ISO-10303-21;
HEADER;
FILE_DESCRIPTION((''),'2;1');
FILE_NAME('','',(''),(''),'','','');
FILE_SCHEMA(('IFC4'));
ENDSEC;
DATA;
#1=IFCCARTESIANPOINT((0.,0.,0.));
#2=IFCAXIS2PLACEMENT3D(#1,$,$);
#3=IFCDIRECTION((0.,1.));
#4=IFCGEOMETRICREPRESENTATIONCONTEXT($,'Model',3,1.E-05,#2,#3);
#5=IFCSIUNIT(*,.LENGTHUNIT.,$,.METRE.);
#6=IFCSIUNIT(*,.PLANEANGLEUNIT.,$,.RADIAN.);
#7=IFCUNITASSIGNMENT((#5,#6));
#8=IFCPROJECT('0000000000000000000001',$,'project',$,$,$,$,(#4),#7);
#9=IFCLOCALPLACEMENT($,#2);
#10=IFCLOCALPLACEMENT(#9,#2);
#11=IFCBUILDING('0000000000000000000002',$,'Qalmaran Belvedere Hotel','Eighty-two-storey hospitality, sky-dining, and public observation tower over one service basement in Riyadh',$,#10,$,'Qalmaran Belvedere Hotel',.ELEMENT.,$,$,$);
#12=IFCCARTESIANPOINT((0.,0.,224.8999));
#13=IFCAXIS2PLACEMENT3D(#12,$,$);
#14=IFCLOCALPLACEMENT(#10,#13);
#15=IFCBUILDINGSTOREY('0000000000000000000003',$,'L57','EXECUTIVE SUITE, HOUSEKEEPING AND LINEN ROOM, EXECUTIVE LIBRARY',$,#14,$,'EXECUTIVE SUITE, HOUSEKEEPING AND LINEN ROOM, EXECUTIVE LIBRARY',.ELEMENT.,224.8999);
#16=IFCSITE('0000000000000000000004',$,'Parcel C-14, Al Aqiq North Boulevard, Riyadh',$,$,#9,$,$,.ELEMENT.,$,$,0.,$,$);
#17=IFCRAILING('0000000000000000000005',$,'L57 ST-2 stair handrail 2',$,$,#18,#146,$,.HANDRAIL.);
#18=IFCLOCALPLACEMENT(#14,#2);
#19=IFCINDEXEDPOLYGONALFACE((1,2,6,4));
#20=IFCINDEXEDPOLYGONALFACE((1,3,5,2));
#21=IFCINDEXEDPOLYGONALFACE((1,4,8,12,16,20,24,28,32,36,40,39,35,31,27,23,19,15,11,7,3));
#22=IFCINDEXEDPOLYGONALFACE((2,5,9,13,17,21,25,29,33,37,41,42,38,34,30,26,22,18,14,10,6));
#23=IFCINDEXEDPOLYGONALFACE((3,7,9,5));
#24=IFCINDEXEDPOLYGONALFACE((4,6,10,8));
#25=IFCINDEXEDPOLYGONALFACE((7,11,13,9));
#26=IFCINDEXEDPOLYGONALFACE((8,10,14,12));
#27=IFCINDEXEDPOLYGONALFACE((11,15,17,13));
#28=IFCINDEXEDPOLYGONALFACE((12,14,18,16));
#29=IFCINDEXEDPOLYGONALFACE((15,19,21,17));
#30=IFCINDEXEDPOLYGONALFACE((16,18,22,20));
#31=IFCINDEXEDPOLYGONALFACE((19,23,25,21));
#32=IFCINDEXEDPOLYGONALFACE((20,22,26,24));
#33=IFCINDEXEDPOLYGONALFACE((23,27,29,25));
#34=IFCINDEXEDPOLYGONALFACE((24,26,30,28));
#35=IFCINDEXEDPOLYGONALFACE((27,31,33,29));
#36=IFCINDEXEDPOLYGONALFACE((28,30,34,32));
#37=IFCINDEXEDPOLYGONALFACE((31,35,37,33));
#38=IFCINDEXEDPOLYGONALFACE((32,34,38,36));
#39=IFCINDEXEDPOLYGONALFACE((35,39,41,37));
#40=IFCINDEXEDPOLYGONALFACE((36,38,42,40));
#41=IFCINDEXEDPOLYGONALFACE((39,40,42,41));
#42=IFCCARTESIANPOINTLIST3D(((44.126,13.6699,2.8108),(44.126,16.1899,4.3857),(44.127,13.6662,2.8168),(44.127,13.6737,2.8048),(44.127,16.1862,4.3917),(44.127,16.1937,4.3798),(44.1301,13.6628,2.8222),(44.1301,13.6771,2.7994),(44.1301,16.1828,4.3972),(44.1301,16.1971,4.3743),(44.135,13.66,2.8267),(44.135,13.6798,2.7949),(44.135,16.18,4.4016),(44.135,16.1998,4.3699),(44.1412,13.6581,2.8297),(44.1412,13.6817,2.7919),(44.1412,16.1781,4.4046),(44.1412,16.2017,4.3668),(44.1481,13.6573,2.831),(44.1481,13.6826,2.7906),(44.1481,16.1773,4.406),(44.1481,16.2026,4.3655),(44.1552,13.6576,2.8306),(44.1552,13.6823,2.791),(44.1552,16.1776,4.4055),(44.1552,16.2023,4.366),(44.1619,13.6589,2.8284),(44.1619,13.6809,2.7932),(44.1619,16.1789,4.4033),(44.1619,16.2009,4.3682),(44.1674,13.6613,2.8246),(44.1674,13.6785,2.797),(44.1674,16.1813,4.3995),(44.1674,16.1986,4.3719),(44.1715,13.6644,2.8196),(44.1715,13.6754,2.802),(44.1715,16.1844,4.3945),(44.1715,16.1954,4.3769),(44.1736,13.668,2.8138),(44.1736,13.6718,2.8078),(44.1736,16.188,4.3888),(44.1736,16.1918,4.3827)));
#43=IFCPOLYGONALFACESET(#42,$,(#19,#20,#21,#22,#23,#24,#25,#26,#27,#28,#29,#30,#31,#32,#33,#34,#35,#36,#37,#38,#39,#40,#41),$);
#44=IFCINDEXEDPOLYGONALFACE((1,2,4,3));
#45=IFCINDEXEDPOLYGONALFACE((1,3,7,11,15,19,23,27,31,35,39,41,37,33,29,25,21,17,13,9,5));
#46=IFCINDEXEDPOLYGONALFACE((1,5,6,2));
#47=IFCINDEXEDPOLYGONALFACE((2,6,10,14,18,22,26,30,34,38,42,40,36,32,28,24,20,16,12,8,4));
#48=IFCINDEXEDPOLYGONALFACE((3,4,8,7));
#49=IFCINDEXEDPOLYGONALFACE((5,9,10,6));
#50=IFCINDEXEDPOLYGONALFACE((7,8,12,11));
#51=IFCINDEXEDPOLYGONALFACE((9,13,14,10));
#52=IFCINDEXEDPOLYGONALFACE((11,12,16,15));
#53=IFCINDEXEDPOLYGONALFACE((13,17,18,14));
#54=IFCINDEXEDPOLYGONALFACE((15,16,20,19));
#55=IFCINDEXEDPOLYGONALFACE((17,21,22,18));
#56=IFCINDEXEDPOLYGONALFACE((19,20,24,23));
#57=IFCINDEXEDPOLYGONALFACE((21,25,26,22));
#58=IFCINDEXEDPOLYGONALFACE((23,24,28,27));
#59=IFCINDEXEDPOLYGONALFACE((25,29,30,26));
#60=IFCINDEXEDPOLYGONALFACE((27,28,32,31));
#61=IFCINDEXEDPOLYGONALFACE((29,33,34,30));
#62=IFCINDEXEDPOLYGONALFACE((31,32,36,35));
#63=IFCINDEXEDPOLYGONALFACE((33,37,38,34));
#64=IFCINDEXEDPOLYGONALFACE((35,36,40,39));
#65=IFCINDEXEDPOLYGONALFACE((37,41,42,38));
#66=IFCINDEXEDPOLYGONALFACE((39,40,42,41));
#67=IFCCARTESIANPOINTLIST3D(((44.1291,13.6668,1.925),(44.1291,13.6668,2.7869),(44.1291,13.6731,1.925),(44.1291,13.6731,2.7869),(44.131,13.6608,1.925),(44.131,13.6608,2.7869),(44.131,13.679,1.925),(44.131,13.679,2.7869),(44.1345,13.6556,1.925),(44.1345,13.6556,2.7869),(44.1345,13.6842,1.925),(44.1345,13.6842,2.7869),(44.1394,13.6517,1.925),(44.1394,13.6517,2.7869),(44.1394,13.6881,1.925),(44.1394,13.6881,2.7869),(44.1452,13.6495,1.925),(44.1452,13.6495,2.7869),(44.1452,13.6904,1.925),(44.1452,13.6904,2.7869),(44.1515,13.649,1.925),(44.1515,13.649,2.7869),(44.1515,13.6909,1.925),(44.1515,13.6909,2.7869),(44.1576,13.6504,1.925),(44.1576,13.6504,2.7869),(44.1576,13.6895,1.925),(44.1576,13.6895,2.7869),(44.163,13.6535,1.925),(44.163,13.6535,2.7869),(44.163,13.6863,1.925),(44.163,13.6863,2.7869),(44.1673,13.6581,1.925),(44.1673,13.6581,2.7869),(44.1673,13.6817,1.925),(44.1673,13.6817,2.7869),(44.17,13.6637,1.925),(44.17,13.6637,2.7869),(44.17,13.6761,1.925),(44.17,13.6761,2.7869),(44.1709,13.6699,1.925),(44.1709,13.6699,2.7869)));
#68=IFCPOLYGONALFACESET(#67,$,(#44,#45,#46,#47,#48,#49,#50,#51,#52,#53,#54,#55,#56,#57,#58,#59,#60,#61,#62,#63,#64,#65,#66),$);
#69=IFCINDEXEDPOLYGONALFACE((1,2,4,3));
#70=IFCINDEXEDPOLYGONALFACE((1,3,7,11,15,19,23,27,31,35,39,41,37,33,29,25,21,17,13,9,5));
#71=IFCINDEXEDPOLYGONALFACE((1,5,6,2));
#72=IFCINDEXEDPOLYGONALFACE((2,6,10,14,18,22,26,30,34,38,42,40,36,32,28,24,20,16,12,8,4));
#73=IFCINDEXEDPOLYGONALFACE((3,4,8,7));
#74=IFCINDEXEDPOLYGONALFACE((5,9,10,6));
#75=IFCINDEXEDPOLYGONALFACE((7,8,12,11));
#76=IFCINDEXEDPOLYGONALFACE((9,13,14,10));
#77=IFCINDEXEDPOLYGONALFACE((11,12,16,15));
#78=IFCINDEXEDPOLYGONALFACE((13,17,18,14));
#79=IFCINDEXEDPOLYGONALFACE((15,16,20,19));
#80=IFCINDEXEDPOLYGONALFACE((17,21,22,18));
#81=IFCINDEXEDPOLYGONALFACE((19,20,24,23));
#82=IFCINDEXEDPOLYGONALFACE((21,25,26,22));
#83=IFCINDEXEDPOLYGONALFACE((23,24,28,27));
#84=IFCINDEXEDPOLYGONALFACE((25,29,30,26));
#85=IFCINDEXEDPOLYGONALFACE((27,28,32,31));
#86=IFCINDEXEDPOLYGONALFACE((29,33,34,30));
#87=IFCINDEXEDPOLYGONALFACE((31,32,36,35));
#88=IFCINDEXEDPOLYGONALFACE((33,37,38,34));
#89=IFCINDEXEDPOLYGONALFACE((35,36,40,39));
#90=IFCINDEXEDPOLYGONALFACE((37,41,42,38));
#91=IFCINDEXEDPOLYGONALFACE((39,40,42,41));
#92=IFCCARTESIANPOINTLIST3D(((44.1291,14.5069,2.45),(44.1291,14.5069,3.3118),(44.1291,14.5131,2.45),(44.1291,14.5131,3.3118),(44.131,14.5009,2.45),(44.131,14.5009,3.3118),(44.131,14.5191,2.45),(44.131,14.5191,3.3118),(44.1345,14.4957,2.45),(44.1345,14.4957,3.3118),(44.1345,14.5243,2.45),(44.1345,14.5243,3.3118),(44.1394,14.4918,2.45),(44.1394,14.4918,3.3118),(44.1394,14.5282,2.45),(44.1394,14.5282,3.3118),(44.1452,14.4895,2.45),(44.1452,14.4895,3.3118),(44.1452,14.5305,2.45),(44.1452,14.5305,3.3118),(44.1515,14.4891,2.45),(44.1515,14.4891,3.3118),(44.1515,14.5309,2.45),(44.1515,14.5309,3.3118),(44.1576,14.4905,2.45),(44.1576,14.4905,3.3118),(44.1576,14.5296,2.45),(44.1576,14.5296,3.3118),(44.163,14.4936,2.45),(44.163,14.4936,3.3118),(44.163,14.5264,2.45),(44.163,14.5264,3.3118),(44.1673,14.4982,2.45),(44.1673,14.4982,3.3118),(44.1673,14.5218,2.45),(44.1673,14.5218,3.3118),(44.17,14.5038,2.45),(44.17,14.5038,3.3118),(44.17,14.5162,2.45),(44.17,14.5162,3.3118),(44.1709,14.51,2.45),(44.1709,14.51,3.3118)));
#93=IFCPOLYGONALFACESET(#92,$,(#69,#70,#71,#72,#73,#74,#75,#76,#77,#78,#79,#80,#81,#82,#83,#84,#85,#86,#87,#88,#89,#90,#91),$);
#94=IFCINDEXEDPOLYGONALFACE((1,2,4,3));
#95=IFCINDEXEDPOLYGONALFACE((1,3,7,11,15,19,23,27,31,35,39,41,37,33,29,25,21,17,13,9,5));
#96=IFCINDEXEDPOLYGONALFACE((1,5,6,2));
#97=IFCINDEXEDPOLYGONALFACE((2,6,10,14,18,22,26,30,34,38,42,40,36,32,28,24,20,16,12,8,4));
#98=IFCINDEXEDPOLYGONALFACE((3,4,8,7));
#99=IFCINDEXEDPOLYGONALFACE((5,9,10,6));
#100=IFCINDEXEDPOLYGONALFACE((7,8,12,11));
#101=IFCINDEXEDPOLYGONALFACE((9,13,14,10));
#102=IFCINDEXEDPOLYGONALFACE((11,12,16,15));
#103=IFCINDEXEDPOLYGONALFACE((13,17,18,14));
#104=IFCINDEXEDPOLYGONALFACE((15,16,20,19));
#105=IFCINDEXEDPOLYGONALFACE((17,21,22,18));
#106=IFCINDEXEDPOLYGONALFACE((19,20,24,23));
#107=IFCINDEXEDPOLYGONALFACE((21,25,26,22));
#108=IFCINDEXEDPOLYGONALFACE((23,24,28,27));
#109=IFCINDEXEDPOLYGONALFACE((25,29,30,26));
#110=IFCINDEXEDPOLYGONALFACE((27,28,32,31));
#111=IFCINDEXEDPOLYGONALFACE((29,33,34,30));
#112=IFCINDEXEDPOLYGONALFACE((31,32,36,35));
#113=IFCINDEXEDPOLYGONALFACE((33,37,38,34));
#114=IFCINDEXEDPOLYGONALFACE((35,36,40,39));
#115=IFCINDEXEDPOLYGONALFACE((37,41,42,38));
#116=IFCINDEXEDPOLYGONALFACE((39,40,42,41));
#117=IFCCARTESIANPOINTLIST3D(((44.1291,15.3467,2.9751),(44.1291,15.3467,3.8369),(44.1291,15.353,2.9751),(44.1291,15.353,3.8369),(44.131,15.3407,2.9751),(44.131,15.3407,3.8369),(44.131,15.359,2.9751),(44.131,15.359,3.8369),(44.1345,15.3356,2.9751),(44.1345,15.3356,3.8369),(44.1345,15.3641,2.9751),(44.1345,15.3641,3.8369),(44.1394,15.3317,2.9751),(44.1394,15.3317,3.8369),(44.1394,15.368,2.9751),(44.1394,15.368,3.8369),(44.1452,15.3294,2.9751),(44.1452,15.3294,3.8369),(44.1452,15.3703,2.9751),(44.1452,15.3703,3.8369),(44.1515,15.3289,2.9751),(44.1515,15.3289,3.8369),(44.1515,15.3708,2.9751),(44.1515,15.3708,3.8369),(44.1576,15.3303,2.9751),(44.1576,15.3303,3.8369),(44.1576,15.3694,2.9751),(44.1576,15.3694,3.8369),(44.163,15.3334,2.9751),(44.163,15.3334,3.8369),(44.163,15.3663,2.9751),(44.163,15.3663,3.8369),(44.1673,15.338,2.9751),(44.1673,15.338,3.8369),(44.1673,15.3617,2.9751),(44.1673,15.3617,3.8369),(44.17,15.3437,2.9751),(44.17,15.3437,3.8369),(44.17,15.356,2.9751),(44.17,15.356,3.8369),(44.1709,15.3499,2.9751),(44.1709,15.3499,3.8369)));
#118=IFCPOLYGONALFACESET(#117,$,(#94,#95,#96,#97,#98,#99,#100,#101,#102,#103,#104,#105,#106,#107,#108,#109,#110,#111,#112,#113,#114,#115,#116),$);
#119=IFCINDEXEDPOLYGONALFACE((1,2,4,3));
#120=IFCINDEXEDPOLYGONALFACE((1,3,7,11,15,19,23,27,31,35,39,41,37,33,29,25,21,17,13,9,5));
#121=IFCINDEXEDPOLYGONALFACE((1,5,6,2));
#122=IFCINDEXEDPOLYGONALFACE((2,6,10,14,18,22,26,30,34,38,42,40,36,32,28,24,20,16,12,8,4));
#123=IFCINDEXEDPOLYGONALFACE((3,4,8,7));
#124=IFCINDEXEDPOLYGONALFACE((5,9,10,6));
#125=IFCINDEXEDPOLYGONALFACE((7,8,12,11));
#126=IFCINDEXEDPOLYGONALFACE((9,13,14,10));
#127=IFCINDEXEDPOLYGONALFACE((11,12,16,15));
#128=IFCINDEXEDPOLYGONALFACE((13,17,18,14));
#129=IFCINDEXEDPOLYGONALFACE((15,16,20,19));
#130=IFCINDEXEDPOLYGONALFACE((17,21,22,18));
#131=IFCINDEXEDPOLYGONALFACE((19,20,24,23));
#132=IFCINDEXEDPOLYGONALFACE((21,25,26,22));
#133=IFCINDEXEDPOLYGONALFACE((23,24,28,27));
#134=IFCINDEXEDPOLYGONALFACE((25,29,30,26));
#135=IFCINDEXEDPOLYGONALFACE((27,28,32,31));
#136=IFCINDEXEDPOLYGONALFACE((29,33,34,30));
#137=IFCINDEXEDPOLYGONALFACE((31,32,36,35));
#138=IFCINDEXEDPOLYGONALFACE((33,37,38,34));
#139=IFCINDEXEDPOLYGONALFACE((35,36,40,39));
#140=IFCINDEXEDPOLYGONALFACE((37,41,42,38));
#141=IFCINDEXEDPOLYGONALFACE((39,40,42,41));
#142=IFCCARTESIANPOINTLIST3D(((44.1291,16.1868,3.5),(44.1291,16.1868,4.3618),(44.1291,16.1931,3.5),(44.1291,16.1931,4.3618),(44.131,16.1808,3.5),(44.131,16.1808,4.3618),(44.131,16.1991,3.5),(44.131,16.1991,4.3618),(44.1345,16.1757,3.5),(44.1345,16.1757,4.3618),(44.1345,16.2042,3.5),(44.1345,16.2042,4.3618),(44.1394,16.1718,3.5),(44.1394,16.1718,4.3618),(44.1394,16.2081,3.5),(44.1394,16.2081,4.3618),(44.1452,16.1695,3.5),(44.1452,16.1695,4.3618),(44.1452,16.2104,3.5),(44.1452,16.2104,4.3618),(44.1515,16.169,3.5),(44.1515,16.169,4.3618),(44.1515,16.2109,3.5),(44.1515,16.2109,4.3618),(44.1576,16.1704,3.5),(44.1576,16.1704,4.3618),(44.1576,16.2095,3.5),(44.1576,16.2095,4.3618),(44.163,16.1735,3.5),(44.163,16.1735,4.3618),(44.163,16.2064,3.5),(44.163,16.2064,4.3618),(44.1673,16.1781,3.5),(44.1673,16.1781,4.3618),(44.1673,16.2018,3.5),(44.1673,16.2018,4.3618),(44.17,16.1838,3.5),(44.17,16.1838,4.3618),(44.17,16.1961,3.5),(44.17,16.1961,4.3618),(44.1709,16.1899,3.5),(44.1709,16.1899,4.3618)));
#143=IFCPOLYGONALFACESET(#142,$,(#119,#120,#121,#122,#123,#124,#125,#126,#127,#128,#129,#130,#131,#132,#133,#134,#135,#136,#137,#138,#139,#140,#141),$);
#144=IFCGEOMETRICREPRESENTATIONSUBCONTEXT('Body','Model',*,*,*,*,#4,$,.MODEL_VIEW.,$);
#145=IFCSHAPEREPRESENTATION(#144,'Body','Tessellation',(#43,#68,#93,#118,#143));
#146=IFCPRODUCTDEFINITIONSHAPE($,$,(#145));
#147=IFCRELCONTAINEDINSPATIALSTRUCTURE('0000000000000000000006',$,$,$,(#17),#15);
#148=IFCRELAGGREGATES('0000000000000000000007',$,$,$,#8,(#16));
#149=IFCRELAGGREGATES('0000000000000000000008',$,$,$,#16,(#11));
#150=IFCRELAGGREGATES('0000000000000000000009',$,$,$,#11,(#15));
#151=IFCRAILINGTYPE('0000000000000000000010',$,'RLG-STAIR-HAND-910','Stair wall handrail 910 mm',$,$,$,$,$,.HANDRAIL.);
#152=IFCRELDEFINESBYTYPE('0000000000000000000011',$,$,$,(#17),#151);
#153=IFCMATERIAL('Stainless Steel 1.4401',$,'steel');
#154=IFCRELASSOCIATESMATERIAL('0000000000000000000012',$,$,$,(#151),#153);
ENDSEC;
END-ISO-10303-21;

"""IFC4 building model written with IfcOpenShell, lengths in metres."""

from ifc_helpers import new_model, si_unit, direction, frame, origin, origin_2d, place, context, subcontext, project, spatial, circle, extrude, material, type_object, element, save


model = new_model("IFC4")

# Units and contexts
model_context = context("Model", 3, precision=1e-05, world=origin(), true_north=direction((0.0, 1.0)))
body_context = subcontext(model_context, "Body", "Model", "MODEL_VIEW")
ifc_project = project(units=[si_unit("LENGTHUNIT", "METRE"), si_unit("PLANEANGLEUNIT", "RADIAN")], contexts=[model_context])

# Site, building, storey
site_placement = place(None, origin())
site = spatial("IfcSite", under=ifc_project, at=site_placement, Name="Parcel C-14, Al Aqiq North Boulevard, Riyadh", CompositionType="ELEMENT", RefElevation=0.0)
building_placement = place(site_placement, origin())
building = spatial("IfcBuilding", under=site, at=building_placement, Name="Qalmaran Belvedere Hotel", Description="Eighty-two-storey hospitality, sky-dining, and public observation tower over one service basement in Riyadh", LongName="Qalmaran Belvedere Hotel", CompositionType="ELEMENT")
storey_placement = place(building_placement, frame((0.0, 0.0, 224.8999)))
storey = spatial("IfcBuildingStorey", under=building, at=storey_placement, Name="L57", Description="EXECUTIVE SUITE, HOUSEKEEPING AND LINEN ROOM, EXECUTIVE LIBRARY", LongName="EXECUTIVE SUITE, HOUSEKEEPING AND LINEN ROOM, EXECUTIVE LIBRARY", CompositionType="ELEMENT", Elevation=224.8999)

# Railing
ifc_material_1 = material(Name="Stainless Steel 1.4401", Category="steel")
railing_type_1 = type_object("IfcRailingType", Name="RLG-STAIR-HAND-910", Description="Stair wall handrail 910 mm", PredefinedType="HANDRAIL", material=ifc_material_1)
railing_1_placement = place(storey_placement, frame((44.1499, 13.6699, 1.925)))
element("IfcRailing", 1, at=railing_1_placement, inside=storey, type_object=railing_type_1, Name="L57 ST-2 stair handrail 2", PredefinedType="HANDRAIL", context=body_context, shape_type="SweptSolid", body=[
    extrude(circle(Radius=0.0239, at=origin_2d()), frame((0.0, 0.0, 0.8857), z_axis=(0.0, 0.848008, 0.529984), x_axis=(-1.0, 0.0, 0.0)), (0.0, 0.0, 1.0), 2.9717),
    extrude(circle(Radius=0.021, at=origin_2d()), origin(), (0.0, 0.0, 1.0), 0.8618),
    extrude(circle(Radius=0.021, at=origin_2d()), frame((0.0, 0.8401, 0.5249)), (0.0, 0.0, 1.0), 0.8618),
    extrude(circle(Radius=0.021, at=origin_2d()), frame((0.0, 1.6799, 1.05)), (0.0, 0.0, 1.0), 0.8618),
    extrude(circle(Radius=0.021, at=origin_2d()), frame((0.0, 2.52, 1.575)), (0.0, 0.0, 1.0), 0.8618),
])

save(model, "model.ifc")
